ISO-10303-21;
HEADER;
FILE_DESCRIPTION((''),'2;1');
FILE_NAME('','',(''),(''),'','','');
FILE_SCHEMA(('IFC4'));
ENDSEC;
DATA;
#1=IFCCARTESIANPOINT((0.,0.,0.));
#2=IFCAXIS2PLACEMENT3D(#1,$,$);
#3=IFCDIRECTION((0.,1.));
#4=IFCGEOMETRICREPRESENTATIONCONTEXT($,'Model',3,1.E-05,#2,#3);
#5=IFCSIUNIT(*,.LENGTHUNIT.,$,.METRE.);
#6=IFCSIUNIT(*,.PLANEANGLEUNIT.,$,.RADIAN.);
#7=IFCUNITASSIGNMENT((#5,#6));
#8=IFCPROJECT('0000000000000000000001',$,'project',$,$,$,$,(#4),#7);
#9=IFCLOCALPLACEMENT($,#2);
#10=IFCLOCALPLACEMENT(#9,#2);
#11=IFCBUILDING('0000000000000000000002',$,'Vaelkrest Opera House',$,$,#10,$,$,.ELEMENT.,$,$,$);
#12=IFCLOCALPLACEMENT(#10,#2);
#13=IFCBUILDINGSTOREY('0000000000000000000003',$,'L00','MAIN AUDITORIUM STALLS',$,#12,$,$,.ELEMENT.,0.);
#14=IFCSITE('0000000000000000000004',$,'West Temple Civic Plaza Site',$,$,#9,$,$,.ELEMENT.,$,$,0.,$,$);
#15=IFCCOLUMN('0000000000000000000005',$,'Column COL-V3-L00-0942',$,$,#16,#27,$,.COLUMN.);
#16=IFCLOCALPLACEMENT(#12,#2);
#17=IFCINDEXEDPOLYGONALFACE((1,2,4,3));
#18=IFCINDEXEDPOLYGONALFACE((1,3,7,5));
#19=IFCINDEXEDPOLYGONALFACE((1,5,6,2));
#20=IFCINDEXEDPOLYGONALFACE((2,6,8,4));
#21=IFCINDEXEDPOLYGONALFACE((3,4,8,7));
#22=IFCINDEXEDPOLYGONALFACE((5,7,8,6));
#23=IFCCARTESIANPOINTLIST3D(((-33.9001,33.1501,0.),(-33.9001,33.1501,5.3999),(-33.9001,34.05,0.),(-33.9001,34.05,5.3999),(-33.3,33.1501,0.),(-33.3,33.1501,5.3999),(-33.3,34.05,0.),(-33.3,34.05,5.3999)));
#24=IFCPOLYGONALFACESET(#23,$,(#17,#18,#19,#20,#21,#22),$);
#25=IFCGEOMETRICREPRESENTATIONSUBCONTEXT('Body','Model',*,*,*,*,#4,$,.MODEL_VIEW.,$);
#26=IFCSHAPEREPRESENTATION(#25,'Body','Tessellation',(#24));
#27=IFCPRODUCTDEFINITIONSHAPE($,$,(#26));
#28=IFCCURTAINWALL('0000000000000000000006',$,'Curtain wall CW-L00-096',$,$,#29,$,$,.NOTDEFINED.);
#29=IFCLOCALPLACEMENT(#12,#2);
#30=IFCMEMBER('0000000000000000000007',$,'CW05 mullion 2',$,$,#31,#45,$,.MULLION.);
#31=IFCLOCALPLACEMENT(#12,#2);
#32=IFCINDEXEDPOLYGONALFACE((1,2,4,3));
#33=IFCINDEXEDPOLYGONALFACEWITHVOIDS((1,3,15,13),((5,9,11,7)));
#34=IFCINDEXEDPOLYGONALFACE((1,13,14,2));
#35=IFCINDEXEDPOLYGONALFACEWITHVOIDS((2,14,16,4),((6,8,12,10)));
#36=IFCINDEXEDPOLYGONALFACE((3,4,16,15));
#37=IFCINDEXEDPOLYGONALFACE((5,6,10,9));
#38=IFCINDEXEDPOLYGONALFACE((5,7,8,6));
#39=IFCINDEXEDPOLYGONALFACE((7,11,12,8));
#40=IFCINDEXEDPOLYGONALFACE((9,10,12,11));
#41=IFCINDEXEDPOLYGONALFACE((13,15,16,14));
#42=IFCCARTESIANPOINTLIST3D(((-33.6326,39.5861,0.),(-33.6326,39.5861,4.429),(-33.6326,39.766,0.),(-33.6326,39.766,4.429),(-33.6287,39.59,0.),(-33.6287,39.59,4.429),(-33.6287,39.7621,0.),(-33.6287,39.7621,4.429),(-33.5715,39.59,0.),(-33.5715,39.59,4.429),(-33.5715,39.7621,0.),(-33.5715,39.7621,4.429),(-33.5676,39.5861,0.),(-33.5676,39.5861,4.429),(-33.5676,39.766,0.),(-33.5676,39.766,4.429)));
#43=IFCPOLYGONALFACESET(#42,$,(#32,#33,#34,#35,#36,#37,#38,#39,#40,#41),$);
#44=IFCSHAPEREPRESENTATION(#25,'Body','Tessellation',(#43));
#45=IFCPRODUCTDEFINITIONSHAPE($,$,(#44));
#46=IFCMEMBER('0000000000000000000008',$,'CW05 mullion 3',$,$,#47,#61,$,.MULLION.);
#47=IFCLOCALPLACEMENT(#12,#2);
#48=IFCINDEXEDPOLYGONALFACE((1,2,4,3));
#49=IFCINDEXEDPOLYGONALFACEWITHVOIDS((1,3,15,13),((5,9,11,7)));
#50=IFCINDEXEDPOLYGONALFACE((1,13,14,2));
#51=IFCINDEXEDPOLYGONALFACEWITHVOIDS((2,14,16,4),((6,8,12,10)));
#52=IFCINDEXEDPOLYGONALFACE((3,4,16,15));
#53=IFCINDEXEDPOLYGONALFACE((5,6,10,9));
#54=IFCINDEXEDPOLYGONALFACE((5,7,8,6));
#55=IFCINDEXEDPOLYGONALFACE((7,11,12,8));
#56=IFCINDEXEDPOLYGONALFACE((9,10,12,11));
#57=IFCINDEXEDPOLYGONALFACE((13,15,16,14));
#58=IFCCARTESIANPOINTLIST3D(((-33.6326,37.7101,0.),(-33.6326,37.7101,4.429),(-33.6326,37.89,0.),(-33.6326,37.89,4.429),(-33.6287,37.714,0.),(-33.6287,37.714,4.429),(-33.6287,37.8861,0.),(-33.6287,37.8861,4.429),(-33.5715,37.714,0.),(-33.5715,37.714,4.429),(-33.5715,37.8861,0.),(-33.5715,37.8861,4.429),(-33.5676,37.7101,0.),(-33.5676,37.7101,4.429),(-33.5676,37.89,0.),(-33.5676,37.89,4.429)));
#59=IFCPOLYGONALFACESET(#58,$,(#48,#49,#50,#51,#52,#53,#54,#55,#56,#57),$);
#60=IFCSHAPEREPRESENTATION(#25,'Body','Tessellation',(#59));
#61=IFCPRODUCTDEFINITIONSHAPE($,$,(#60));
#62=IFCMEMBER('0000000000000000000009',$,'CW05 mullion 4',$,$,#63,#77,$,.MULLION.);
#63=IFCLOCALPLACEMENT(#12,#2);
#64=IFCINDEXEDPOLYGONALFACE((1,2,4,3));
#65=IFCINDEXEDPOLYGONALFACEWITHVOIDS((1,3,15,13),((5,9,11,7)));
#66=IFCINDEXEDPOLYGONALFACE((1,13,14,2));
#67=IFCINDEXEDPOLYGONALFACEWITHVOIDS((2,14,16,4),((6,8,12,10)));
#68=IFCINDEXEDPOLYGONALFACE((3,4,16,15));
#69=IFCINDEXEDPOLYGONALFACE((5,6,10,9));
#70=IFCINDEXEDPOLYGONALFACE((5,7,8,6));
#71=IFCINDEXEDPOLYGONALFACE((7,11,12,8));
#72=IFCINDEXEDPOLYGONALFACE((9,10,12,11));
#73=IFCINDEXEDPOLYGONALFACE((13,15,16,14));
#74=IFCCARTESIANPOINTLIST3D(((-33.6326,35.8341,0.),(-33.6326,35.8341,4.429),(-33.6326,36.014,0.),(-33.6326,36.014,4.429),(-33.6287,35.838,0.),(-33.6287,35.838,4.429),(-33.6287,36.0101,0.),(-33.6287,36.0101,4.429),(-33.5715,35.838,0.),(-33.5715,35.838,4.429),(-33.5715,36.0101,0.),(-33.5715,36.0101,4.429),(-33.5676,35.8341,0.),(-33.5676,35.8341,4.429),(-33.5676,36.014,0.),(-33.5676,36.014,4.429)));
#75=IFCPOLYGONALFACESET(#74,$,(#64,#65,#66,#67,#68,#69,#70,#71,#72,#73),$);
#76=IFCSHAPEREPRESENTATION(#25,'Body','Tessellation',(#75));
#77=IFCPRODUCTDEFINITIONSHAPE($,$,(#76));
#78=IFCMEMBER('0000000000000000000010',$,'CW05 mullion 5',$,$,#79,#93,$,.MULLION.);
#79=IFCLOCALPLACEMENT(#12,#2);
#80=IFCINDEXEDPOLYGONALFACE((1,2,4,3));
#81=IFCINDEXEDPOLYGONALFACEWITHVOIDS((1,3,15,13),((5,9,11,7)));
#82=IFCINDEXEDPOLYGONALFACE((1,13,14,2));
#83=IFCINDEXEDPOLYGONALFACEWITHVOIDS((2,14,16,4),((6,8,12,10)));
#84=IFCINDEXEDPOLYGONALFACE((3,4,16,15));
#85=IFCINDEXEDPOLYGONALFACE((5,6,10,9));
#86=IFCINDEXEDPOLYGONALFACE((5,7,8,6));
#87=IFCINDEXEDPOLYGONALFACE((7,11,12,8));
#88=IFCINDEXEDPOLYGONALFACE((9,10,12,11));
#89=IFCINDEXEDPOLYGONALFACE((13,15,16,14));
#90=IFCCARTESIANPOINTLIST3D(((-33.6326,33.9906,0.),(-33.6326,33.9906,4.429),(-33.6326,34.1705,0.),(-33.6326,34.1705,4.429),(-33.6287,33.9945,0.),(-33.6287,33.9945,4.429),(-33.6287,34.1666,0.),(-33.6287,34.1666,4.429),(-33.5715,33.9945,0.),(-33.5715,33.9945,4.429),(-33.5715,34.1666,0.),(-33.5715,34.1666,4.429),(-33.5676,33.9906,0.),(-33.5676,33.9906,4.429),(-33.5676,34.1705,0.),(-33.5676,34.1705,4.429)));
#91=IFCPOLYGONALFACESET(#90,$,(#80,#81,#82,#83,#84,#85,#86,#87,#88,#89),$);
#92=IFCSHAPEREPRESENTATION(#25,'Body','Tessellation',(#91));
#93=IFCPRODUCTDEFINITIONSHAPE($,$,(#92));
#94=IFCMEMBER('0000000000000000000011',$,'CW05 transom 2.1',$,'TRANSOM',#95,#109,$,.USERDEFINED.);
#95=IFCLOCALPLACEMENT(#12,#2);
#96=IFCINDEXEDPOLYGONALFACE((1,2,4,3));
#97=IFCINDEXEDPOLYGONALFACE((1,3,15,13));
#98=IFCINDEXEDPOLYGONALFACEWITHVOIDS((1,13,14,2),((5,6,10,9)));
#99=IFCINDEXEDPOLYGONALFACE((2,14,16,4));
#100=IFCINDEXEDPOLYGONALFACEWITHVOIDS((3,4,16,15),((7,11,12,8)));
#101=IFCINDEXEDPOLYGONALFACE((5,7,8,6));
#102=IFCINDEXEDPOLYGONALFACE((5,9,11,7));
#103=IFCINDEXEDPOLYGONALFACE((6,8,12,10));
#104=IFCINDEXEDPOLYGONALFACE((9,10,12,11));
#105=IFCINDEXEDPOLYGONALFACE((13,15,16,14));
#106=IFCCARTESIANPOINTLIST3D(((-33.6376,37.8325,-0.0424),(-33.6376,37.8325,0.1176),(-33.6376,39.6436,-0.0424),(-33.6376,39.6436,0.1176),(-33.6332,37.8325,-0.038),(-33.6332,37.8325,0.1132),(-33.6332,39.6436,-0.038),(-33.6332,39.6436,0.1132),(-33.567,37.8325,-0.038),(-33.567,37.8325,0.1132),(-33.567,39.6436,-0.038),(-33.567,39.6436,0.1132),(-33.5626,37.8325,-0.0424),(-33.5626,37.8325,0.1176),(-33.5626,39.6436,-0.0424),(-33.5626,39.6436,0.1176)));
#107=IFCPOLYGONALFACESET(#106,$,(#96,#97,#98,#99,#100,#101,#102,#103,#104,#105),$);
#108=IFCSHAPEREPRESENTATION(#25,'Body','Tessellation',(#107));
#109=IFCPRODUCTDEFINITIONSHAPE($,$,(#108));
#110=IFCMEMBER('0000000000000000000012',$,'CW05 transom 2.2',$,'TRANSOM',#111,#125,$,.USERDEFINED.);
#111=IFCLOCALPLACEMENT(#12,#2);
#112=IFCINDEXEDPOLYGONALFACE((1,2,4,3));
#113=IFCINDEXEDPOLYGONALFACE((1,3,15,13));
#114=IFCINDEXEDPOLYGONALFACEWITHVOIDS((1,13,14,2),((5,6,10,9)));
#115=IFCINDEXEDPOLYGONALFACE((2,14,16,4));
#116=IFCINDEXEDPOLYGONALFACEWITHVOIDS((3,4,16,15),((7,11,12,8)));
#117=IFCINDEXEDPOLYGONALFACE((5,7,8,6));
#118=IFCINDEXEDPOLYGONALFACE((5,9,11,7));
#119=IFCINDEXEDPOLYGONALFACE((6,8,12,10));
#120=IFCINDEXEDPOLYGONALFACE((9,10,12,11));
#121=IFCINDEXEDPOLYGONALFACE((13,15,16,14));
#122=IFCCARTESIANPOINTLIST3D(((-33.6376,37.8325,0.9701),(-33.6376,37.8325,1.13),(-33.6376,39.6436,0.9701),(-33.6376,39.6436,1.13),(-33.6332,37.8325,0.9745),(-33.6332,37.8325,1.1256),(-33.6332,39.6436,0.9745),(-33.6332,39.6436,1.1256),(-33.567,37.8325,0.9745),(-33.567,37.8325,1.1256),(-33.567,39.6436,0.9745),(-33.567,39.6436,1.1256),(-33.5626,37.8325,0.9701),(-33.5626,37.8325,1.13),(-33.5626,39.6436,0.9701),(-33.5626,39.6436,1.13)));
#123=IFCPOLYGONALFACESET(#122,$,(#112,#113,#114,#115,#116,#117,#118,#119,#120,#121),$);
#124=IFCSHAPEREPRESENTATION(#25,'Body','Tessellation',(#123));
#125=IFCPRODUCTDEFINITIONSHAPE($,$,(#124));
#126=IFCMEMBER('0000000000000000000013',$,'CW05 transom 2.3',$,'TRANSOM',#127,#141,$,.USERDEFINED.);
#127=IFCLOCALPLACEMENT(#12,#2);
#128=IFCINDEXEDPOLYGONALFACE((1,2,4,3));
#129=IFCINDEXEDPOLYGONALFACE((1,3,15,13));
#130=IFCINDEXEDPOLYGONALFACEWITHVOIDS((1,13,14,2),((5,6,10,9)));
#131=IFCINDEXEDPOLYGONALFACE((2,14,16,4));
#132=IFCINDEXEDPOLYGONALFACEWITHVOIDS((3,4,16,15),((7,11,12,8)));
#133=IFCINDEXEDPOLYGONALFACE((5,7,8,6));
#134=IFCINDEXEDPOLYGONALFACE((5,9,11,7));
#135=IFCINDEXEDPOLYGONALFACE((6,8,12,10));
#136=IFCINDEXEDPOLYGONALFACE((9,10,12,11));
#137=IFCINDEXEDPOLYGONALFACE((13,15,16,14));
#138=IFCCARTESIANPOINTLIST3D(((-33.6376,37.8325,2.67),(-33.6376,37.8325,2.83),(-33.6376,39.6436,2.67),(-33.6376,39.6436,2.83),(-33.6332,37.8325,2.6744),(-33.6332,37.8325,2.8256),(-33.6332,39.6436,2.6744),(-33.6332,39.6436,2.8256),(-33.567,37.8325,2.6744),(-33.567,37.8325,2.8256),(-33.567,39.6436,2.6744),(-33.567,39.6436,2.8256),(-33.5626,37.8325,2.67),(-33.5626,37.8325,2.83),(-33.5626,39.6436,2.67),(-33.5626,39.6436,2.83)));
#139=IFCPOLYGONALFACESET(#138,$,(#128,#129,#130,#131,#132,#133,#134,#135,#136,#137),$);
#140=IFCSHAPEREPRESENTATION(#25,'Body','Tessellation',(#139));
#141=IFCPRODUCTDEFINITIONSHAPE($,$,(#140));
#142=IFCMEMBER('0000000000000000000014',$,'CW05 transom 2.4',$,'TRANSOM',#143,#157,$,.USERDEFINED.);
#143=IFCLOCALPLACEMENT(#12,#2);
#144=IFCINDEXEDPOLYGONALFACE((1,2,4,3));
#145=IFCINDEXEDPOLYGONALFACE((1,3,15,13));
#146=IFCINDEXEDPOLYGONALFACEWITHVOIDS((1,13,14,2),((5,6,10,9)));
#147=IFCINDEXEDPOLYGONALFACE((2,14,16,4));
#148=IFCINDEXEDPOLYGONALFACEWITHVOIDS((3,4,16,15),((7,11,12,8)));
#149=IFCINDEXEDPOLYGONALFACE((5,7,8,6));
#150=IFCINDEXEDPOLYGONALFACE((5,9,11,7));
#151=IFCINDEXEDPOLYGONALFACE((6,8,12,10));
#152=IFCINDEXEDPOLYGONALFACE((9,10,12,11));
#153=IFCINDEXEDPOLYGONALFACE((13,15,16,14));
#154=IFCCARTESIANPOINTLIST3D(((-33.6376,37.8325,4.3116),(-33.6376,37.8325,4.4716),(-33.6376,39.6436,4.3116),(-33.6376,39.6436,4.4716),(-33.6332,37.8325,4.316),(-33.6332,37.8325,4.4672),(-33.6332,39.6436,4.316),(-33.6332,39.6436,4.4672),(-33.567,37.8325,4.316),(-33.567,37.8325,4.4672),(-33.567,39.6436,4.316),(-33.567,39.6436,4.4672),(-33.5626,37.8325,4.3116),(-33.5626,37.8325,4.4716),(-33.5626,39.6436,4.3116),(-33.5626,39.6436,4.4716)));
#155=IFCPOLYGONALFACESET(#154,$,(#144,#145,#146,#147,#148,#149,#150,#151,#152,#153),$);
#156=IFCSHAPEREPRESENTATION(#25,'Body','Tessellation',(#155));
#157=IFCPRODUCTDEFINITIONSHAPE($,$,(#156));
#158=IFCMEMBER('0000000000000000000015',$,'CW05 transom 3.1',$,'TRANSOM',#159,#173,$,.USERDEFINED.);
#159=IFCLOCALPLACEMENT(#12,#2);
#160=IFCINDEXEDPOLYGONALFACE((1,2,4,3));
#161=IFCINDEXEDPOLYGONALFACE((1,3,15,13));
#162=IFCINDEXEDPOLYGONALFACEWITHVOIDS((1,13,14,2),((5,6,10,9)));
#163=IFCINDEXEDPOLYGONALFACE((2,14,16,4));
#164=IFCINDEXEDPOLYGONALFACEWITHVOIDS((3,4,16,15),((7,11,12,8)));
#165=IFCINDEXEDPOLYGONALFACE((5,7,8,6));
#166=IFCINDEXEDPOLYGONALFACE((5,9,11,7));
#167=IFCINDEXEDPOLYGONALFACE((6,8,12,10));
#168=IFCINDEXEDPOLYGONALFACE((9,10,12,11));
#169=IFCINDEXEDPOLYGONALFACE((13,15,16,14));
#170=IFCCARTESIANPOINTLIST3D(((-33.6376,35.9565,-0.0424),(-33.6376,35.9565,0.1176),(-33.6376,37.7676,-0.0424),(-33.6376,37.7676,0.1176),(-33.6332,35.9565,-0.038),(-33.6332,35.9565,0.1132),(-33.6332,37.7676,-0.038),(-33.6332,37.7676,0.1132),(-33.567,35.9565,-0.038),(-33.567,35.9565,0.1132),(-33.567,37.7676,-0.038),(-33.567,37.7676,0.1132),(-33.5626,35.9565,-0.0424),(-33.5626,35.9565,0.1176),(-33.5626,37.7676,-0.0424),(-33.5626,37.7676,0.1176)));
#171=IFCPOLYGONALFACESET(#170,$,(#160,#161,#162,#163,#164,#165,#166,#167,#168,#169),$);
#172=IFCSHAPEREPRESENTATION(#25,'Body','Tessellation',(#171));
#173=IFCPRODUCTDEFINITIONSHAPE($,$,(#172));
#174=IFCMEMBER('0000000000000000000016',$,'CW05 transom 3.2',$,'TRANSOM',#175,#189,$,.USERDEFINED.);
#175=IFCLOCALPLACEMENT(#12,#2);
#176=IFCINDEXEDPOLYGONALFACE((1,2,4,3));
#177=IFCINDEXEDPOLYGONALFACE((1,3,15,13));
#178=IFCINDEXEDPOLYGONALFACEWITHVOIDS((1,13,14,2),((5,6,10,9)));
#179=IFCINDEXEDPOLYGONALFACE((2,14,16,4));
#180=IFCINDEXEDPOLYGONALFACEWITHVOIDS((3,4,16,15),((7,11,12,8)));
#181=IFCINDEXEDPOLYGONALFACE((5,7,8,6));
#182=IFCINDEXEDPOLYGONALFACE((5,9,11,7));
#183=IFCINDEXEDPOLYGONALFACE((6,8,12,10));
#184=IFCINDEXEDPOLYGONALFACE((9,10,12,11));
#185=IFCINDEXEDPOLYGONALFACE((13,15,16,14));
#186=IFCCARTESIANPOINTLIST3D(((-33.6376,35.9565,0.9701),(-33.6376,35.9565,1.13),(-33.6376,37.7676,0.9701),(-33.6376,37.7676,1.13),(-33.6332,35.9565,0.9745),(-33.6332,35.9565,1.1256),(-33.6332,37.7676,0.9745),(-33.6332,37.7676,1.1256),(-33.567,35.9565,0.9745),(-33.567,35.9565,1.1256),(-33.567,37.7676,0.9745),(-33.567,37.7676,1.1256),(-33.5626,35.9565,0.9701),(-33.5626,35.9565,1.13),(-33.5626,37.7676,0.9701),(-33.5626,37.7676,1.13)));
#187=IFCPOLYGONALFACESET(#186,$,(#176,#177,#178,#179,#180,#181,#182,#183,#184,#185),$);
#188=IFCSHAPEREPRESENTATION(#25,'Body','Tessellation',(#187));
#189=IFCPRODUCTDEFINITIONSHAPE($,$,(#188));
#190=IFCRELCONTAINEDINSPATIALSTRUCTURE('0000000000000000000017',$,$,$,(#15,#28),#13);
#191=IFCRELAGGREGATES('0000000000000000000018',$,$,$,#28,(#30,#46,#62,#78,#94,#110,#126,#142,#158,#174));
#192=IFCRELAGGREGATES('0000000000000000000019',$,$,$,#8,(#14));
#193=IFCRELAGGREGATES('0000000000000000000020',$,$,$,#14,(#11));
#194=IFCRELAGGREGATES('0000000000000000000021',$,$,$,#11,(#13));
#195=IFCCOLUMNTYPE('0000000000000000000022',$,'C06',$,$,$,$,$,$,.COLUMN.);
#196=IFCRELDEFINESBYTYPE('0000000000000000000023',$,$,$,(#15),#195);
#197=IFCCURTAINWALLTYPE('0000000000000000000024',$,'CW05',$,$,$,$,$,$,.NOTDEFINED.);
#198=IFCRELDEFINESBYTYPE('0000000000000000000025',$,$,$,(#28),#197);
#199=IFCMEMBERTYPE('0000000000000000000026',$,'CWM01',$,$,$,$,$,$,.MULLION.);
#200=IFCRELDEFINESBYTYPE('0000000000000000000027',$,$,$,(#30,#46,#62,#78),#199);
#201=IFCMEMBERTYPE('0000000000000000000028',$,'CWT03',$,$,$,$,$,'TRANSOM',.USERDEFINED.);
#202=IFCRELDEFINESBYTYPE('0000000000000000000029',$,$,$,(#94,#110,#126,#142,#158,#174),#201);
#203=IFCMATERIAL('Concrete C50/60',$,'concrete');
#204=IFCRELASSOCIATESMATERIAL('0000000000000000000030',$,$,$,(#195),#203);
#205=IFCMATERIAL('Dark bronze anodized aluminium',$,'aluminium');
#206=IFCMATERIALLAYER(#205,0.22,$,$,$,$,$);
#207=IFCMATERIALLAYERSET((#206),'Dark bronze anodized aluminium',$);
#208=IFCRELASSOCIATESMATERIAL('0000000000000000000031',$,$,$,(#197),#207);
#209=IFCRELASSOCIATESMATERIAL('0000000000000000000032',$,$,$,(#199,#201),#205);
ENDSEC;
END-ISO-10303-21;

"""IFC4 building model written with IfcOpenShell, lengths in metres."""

from ifc_helpers import new_model, si_unit, direction, frame, origin, origin_2d, place, context, subcontext, project, spatial, rectangle, hollow_rectangle, extrude, material, layer, layer_set, material_profile, profile_set, type_object, element, aggregate, save


model = new_model("IFC4")

# Units and contexts
model_context = context("Model", 3, precision=1e-05, world=origin(), true_north=direction((0.0, 1.0)))
body_context = subcontext(model_context, "Body", "Model", "MODEL_VIEW")
ifc_project = project(units=[si_unit("LENGTHUNIT", "METRE"), si_unit("PLANEANGLEUNIT", "RADIAN")], contexts=[model_context])

# Site, building, storey
site_placement = place(None, origin())
site = spatial("IfcSite", under=ifc_project, at=site_placement, Name="West Temple Civic Plaza Site", CompositionType="ELEMENT", RefElevation=0.0)
building_placement = place(site_placement, origin())
building = spatial("IfcBuilding", under=site, at=building_placement, Name="Vaelkrest Opera House", CompositionType="ELEMENT")
storey_placement = place(building_placement, origin())
storey = spatial("IfcBuildingStorey", under=building, at=storey_placement, Name="L00", Description="MAIN AUDITORIUM STALLS", CompositionType="ELEMENT", Elevation=0.0)

# Column
ifc_material_1 = material(Name="Concrete C50/60", Category="concrete")
ifc_material_profile_1 = material_profile(ifc_material_1, rectangle(XDim=0.6001, YDim=0.8999, at=origin_2d()), Name="RC600X900")
ifc_profile_set_1 = profile_set([ifc_material_profile_1], Name="Concrete C50/60")
column_type = type_object("IfcColumnType", Name="C06", PredefinedType="COLUMN", material=ifc_profile_set_1)
column_placement = place(storey_placement, frame((-33.6001, 33.6001, 0.0), z_axis=(0.0, 0.0, 1.0), x_axis=(1.0, 0.0, 0.0)))
element("IfcColumn", 1, at=column_placement, inside=storey, type_object=column_type, Name="Column COL-V3-L00-0942", PredefinedType="COLUMN", context=body_context, shape_type="SweptSolid", body=[
    extrude(rectangle(XDim=0.6001, YDim=0.8999, at=origin_2d()), origin(), (0.0, 0.0, 1.0), 5.3999),
])

# Curtain wall, members
ifc_material_2 = material(Name="Dark bronze anodized aluminium", Category="aluminium")
ifc_layer_1 = layer(ifc_material_2, 0.22)
ifc_layer_set_1 = layer_set([ifc_layer_1], Name="Dark bronze anodized aluminium")
curtain_wall_type = type_object("IfcCurtainWallType", Name="CW05", PredefinedType="NOTDEFINED", material=ifc_layer_set_1)
curtain_wall_placement = place(storey_placement, origin())
curtain_wall = element("IfcCurtainWall", 2, at=curtain_wall_placement, inside=storey, type_object=curtain_wall_type, Name="Curtain wall CW-L00-096", PredefinedType="NOTDEFINED")
ifc_material_profile_2 = material_profile(ifc_material_2, hollow_rectangle(XDim=0.0649, YDim=0.1799, WallThickness=0.0039, at=origin_2d()), Name="CWM65X180")
ifc_profile_set_2 = profile_set([ifc_material_profile_2], Name="Dark bronze anodized aluminium")
member_type_1 = type_object("IfcMemberType", Name="CWM01", PredefinedType="MULLION", material=ifc_profile_set_2)
member_1_placement = place(storey_placement, frame((-33.6001, 39.676, 0.0), z_axis=(0.0, 0.0, 1.0), x_axis=(1.0, 0.0, 0.0)))
member_1 = element("IfcMember", 3, at=member_1_placement, type_object=member_type_1, Name="CW05 mullion 2", PredefinedType="MULLION", context=body_context, shape_type="SweptSolid", body=[
    extrude(hollow_rectangle(XDim=0.0649, YDim=0.1799, WallThickness=0.0039, at=origin_2d()), origin(), (0.0, 0.0, 1.0), 4.429),
])
member_2_placement = place(storey_placement, frame((-33.6001, 37.8, 0.0), z_axis=(0.0, 0.0, 1.0), x_axis=(1.0, 0.0, 0.0)))
member_2 = element("IfcMember", 4, at=member_2_placement, type_object=member_type_1, Name="CW05 mullion 3", PredefinedType="MULLION", context=body_context, shape_type="SweptSolid", body=[
    extrude(hollow_rectangle(XDim=0.0649, YDim=0.1799, WallThickness=0.0039, at=origin_2d()), origin(), (0.0, 0.0, 1.0), 4.429),
])
member_3_placement = place(storey_placement, frame((-33.6001, 35.9241, 0.0), z_axis=(0.0, 0.0, 1.0), x_axis=(1.0, 0.0, 0.0)))
member_3 = element("IfcMember", 5, at=member_3_placement, type_object=member_type_1, Name="CW05 mullion 4", PredefinedType="MULLION", context=body_context, shape_type="SweptSolid", body=[
    extrude(hollow_rectangle(XDim=0.0649, YDim=0.1799, WallThickness=0.0039, at=origin_2d()), origin(), (0.0, 0.0, 1.0), 4.429),
])
member_4_placement = place(storey_placement, frame((-33.6001, 34.0806, 0.0), z_axis=(0.0, 0.0, 1.0), x_axis=(1.0, 0.0, 0.0)))
member_4 = element("IfcMember", 6, at=member_4_placement, type_object=member_type_1, Name="CW05 mullion 5", PredefinedType="MULLION", context=body_context, shape_type="SweptSolid", body=[
    extrude(hollow_rectangle(XDim=0.0649, YDim=0.1799, WallThickness=0.0039, at=origin_2d()), origin(), (0.0, 0.0, 1.0), 4.429),
])
ifc_material_profile_3 = material_profile(ifc_material_2, hollow_rectangle(XDim=0.075, YDim=0.1599, WallThickness=0.0044, at=origin_2d()), Name="CWT75X160")
ifc_profile_set_3 = profile_set([ifc_material_profile_3], Name="Dark bronze anodized aluminium")
member_type_2 = type_object("IfcMemberType", Name="CWT03", ElementType="TRANSOM", PredefinedType="USERDEFINED", material=ifc_profile_set_3)
member_5_placement = place(storey_placement, frame((-33.6001, 39.6436, 0.0376), z_axis=(0.0, -1.0, 0.0), x_axis=(1.0, 0.0, 0.0)))
member_5 = element("IfcMember", 7, at=member_5_placement, type_object=member_type_2, Name="CW05 transom 2.1", ObjectType="TRANSOM", PredefinedType="USERDEFINED", context=body_context, shape_type="SweptSolid", body=[
    extrude(hollow_rectangle(XDim=0.075, YDim=0.1599, WallThickness=0.0044, at=origin_2d()), origin(), (0.0, 0.0, 1.0), 1.811),
])
member_6_placement = place(storey_placement, frame((-33.6001, 39.6436, 1.05), z_axis=(0.0, -1.0, 0.0), x_axis=(1.0, 0.0, 0.0)))
member_6 = element("IfcMember", 8, at=member_6_placement, type_object=member_type_2, Name="CW05 transom 2.2", ObjectType="TRANSOM", PredefinedType="USERDEFINED", context=body_context, shape_type="SweptSolid", body=[
    extrude(hollow_rectangle(XDim=0.075, YDim=0.1599, WallThickness=0.0044, at=origin_2d()), origin(), (0.0, 0.0, 1.0), 1.811),
])
member_7_placement = place(storey_placement, frame((-33.6001, 39.6436, 2.75), z_axis=(0.0, -1.0, 0.0), x_axis=(1.0, 0.0, 0.0)))
member_7 = element("IfcMember", 9, at=member_7_placement, type_object=member_type_2, Name="CW05 transom 2.3", ObjectType="TRANSOM", PredefinedType="USERDEFINED", context=body_context, shape_type="SweptSolid", body=[
    extrude(hollow_rectangle(XDim=0.075, YDim=0.1599, WallThickness=0.0044, at=origin_2d()), origin(), (0.0, 0.0, 1.0), 1.811),
])
member_8_placement = place(storey_placement, frame((-33.6001, 39.6436, 4.3916), z_axis=(0.0, -1.0, 0.0), x_axis=(1.0, 0.0, 0.0)))
member_8 = element("IfcMember", 10, at=member_8_placement, type_object=member_type_2, Name="CW05 transom 2.4", ObjectType="TRANSOM", PredefinedType="USERDEFINED", context=body_context, shape_type="SweptSolid", body=[
    extrude(hollow_rectangle(XDim=0.075, YDim=0.1599, WallThickness=0.0044, at=origin_2d()), origin(), (0.0, 0.0, 1.0), 1.811),
])
member_9_placement = place(storey_placement, frame((-33.6001, 37.7676, 0.0376), z_axis=(0.0, -1.0, 0.0), x_axis=(1.0, 0.0, 0.0)))
member_9 = element("IfcMember", 11, at=member_9_placement, type_object=member_type_2, Name="CW05 transom 3.1", ObjectType="TRANSOM", PredefinedType="USERDEFINED", context=body_context, shape_type="SweptSolid", body=[
    extrude(hollow_rectangle(XDim=0.075, YDim=0.1599, WallThickness=0.0044, at=origin_2d()), origin(), (0.0, 0.0, 1.0), 1.811),
])
member_10_placement = place(storey_placement, frame((-33.6001, 37.7676, 1.05), z_axis=(0.0, -1.0, 0.0), x_axis=(1.0, 0.0, 0.0)))
member_10 = element("IfcMember", 12, at=member_10_placement, type_object=member_type_2, Name="CW05 transom 3.2", ObjectType="TRANSOM", PredefinedType="USERDEFINED", context=body_context, shape_type="SweptSolid", body=[
    extrude(hollow_rectangle(XDim=0.075, YDim=0.1599, WallThickness=0.0044, at=origin_2d()), origin(), (0.0, 0.0, 1.0), 1.811),
])

aggregate(curtain_wall, [member_1, member_2, member_3, member_4, member_5, member_6, member_7, member_8, member_9, member_10])

save(model, "model.ifc")
